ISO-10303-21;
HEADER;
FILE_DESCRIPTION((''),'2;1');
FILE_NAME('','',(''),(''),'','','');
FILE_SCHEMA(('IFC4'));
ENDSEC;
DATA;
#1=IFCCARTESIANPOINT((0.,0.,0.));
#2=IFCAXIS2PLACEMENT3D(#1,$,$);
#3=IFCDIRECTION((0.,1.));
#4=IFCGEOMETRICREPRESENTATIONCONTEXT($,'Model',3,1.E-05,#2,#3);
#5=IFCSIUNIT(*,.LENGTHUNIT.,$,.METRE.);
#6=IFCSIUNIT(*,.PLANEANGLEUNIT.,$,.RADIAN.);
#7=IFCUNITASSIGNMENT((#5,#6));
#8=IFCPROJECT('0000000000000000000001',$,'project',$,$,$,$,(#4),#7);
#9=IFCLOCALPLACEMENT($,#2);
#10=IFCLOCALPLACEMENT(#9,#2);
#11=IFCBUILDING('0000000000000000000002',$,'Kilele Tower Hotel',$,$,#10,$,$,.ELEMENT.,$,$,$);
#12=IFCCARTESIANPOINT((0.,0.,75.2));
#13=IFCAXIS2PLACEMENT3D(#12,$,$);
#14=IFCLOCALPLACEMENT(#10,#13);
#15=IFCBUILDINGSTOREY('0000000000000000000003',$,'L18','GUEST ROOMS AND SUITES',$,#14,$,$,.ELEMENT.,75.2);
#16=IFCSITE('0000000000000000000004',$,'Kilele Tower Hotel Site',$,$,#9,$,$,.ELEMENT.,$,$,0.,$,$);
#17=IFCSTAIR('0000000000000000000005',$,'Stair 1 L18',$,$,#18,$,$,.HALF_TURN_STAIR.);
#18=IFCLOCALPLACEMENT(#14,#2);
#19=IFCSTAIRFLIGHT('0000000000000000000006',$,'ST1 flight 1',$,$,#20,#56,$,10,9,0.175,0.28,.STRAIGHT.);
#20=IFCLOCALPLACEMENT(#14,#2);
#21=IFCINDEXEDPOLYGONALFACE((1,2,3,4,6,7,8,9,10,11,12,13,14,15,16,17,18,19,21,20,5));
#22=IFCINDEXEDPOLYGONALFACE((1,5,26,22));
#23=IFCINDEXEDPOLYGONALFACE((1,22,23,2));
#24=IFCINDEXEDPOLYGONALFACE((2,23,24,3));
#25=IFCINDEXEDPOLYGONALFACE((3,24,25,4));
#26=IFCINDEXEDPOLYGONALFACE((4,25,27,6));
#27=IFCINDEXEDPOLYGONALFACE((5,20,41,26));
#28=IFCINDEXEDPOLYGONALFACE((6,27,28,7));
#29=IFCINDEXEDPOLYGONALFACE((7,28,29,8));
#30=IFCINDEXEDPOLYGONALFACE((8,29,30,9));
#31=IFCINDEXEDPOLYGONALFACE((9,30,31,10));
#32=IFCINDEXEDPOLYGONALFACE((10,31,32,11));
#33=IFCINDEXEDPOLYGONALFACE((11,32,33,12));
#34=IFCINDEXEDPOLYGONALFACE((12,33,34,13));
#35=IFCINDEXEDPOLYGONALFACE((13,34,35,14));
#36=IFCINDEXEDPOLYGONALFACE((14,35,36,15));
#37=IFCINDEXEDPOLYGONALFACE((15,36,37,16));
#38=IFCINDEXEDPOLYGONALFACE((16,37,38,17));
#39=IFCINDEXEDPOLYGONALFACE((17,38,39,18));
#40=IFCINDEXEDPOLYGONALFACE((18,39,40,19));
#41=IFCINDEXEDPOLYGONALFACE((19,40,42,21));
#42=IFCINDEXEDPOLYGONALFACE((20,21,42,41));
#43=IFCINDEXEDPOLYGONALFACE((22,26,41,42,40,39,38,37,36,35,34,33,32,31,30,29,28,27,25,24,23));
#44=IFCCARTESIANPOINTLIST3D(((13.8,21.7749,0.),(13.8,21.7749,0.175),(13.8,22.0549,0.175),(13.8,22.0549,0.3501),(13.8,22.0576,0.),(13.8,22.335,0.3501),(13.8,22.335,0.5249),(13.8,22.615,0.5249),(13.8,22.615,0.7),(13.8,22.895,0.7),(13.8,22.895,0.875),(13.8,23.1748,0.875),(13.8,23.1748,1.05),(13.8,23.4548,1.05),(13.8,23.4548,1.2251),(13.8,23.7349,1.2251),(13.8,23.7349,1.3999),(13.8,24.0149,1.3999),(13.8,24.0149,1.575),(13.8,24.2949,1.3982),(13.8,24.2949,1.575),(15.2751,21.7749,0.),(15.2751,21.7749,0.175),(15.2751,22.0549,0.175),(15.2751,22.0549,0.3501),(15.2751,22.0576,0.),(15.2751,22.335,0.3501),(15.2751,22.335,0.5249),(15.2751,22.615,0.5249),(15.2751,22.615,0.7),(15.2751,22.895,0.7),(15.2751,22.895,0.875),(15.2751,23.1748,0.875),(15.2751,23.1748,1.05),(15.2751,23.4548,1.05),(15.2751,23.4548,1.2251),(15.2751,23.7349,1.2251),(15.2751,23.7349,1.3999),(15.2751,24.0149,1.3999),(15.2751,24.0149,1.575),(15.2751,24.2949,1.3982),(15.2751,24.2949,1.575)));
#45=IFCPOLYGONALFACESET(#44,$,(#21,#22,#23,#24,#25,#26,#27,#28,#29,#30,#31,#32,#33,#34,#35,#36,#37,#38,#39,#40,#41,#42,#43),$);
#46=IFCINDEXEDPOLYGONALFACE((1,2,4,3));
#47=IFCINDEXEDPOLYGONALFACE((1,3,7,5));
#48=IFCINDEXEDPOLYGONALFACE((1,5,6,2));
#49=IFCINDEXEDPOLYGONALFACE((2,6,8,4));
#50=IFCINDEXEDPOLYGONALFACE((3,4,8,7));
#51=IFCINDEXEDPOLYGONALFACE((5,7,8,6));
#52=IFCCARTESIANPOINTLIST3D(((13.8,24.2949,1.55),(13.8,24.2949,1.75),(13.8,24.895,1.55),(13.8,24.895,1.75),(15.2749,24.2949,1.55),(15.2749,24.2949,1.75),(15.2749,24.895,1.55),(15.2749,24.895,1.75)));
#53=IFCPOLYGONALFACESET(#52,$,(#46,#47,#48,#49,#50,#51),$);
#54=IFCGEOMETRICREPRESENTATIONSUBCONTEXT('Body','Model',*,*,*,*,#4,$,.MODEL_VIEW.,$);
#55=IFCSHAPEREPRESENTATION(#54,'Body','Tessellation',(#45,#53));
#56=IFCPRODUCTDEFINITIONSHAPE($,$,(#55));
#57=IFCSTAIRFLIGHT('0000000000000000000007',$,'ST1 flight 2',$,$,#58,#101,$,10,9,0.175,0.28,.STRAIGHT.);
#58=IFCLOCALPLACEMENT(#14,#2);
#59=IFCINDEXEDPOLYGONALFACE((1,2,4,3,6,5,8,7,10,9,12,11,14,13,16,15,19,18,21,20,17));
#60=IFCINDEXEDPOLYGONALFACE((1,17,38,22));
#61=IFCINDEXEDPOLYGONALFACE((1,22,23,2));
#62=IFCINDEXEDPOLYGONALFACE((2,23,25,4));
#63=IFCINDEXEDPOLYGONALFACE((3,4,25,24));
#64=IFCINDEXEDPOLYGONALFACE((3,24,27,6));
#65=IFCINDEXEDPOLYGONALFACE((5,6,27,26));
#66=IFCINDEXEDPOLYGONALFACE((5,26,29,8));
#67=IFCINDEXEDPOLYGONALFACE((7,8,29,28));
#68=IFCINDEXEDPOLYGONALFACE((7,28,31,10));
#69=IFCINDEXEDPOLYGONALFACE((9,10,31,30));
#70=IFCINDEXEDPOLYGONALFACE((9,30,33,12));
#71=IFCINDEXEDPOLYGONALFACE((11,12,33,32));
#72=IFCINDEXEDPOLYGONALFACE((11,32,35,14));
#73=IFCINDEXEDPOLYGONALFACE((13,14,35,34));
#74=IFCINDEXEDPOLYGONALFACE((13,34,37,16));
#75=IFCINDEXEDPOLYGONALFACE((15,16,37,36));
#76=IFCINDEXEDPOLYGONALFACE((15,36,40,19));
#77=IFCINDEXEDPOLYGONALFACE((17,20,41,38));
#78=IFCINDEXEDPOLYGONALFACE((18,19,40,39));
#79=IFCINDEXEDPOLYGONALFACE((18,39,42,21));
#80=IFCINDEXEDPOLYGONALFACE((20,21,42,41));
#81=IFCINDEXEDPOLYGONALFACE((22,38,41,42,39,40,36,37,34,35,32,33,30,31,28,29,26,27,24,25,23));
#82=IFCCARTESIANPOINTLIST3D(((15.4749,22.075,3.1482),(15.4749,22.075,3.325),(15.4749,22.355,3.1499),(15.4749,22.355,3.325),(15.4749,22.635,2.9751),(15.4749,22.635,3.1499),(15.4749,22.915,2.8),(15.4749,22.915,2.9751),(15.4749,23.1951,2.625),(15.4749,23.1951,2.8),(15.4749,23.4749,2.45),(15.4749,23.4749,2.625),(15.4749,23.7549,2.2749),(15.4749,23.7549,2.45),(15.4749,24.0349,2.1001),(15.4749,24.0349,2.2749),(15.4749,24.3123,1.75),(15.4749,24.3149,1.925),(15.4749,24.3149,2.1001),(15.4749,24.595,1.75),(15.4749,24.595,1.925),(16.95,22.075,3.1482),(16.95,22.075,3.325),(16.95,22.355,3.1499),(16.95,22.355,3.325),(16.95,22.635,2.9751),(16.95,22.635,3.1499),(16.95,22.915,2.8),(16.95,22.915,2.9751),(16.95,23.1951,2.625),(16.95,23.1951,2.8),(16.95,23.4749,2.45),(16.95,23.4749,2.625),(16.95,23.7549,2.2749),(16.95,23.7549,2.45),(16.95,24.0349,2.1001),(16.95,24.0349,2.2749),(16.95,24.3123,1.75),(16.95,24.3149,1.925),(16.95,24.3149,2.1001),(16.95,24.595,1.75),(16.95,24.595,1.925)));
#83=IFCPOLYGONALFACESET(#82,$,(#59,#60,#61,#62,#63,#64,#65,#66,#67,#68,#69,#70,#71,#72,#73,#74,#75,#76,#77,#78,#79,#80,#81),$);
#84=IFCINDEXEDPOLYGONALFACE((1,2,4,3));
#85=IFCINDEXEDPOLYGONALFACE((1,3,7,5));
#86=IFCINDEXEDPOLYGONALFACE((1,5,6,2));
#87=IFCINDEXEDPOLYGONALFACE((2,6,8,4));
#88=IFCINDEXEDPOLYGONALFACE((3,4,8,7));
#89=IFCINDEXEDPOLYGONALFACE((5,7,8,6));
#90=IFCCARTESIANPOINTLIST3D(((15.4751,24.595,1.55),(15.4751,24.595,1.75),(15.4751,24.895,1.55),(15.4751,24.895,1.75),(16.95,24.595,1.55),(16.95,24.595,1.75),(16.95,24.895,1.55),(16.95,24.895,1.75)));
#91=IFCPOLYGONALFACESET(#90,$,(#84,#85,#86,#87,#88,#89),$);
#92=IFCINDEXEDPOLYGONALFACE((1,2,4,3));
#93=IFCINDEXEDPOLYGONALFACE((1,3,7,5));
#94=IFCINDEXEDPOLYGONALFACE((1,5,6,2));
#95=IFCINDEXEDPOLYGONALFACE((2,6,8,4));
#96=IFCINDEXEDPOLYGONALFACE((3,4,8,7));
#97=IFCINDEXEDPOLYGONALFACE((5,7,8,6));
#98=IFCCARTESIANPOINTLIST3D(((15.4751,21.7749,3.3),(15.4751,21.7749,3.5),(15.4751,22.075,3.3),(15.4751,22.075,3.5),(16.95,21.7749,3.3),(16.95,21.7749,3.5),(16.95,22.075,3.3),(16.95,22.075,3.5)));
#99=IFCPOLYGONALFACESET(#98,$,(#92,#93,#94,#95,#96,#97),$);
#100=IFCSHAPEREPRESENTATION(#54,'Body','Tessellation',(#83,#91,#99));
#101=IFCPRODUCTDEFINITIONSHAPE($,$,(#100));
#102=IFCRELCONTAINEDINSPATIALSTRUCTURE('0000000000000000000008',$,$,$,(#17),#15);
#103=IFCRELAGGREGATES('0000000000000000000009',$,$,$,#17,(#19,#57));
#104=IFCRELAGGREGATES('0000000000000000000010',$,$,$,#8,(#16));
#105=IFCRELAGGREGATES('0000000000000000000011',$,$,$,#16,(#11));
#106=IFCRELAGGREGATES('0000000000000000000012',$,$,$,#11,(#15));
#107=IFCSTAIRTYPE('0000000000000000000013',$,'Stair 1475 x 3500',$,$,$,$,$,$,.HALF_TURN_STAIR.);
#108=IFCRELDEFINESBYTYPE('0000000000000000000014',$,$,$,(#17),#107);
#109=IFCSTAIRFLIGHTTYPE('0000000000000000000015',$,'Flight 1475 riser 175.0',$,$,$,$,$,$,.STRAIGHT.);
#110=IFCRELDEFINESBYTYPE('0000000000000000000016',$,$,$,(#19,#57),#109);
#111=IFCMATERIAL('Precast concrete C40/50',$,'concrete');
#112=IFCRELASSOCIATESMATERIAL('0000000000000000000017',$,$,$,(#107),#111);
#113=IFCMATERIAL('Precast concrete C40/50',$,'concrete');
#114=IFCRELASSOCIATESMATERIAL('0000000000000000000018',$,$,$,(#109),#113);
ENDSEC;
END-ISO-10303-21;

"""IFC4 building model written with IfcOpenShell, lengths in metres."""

from ifc_helpers import new_model, si_unit, direction, frame, origin, place, context, subcontext, project, spatial, polyline, outline, extrude, material, type_object, element, aggregate, save


model = new_model("IFC4")

# Units and contexts
model_context = context("Model", 3, precision=1e-05, world=origin(), true_north=direction((0.0, 1.0)))
body_context = subcontext(model_context, "Body", "Model", "MODEL_VIEW")
ifc_project = project(units=[si_unit("LENGTHUNIT", "METRE"), si_unit("PLANEANGLEUNIT", "RADIAN")], contexts=[model_context])

# Site, building, storey
site_placement = place(None, origin())
site = spatial("IfcSite", under=ifc_project, at=site_placement, Name="Kilele Tower Hotel Site", CompositionType="ELEMENT", RefElevation=0.0)
building_placement = place(site_placement, origin())
building = spatial("IfcBuilding", under=site, at=building_placement, Name="Kilele Tower Hotel", CompositionType="ELEMENT")
storey_placement = place(building_placement, frame((0.0, 0.0, 75.2)))
storey = spatial("IfcBuildingStorey", under=building, at=storey_placement, Name="L18", Description="GUEST ROOMS AND SUITES", CompositionType="ELEMENT", Elevation=75.2)

# Stair, stair flights
ifc_material_1 = material(Name="Precast concrete C40/50", Category="concrete")
stair_type = type_object("IfcStairType", Name="Stair 1475 x 3500", PredefinedType="HALF_TURN_STAIR", material=ifc_material_1)
stair_placement = place(storey_placement, origin())
stair = element("IfcStair", 1, at=stair_placement, inside=storey, type_object=stair_type, Name="Stair 1 L18", PredefinedType="HALF_TURN_STAIR")
ifc_material_2 = material(Name="Precast concrete C40/50", Category="concrete")
stair_flight_type = type_object("IfcStairFlightType", Name="Flight 1475 riser 175.0", PredefinedType="STRAIGHT", material=ifc_material_2)
stair_flight_1_placement = place(storey_placement, frame((14.5376, 21.7749, 0.0), z_axis=(0.0, 0.0, 1.0), x_axis=(0.0, 1.0, 0.0)))
stair_flight_1 = element("IfcStairFlight", 2, at=stair_flight_1_placement, type_object=stair_flight_type, Name="ST1 flight 1", NumberOfRisers=10, NumberOfTreads=9, PredefinedType="STRAIGHT", RiserHeight=0.175, TreadLength=0.28, context=body_context, shape_type="SweptSolid", body=[
    extrude(outline(polyline([(0.0, 0.0), (0.0, 0.175), (0.28, 0.175), (0.28, 0.3501), (0.5601, 0.3501), (0.5601, 0.5249), (0.8401, 0.5249), (0.8401, 0.7), (1.1201, 0.7), (1.1201, 0.875), (1.3999, 0.875), (1.3999, 1.05), (1.6799, 1.05), (1.6799, 1.2251), (1.96, 1.2251), (1.96, 1.3999), (2.24, 1.3999), (2.24, 1.575), (2.52, 1.575), (2.52, 1.75), (2.52, 1.3982), (0.2827, 0.0), (0.0, 0.0)])), frame((0.0, 0.7375, 0.0), z_axis=(0.0, -1.0, 0.0), x_axis=(1.0, 0.0, 0.0)), (0.0, 0.0, 1.0), 1.4751),
    extrude(outline(polyline([(2.52, 0.7375), (2.52, -0.7373), (3.1201, -0.7373), (3.1201, 0.7375), (2.52, 0.7375)])), frame((0.0, 0.0, 1.55)), (0.0, 0.0, 1.0), 0.2),
])
stair_flight_2_placement = place(storey_placement, frame((16.2124, 24.595, 1.75), z_axis=(0.0, 0.0, 1.0), x_axis=(0.0, -1.0, 0.0)))
stair_flight_2 = element("IfcStairFlight", 3, at=stair_flight_2_placement, type_object=stair_flight_type, Name="ST1 flight 2", NumberOfRisers=10, NumberOfTreads=9, PredefinedType="STRAIGHT", RiserHeight=0.175, TreadLength=0.28, context=body_context, shape_type="SweptSolid", body=[
    extrude(outline(polyline([(0.0, 0.0), (0.0, 0.175), (0.28, 0.175), (0.28, 0.3501), (0.5601, 0.3501), (0.5601, 0.5249), (0.8401, 0.5249), (0.8401, 0.7), (1.1201, 0.7), (1.1201, 0.875), (1.3999, 0.875), (1.3999, 1.05), (1.6799, 1.05), (1.6799, 1.2251), (1.96, 1.2251), (1.96, 1.3999), (2.24, 1.3999), (2.24, 1.575), (2.52, 1.575), (2.52, 1.75), (2.52, 1.3982), (0.2827, 0.0), (0.0, 0.0)])), frame((0.0, 0.7375, 0.0), z_axis=(0.0, -1.0, 0.0), x_axis=(1.0, 0.0, 0.0)), (0.0, 0.0, 1.0), 1.4751),
    extrude(outline(polyline([(0.0, -0.7373), (0.0, 0.7375), (-0.3, 0.7375), (-0.3, -0.7373), (0.0, -0.7373)])), frame((0.0, 0.0, -0.2)), (0.0, 0.0, 1.0), 0.2),
    extrude(outline(polyline([(2.8201, -0.7373), (2.8201, 0.7375), (2.52, 0.7375), (2.52, -0.7373), (2.8201, -0.7373)])), frame((0.0, 0.0, 1.55)), (0.0, 0.0, 1.0), 0.2),
])
aggregate(stair, [stair_flight_1, stair_flight_2])

save(model, "model.ifc")
